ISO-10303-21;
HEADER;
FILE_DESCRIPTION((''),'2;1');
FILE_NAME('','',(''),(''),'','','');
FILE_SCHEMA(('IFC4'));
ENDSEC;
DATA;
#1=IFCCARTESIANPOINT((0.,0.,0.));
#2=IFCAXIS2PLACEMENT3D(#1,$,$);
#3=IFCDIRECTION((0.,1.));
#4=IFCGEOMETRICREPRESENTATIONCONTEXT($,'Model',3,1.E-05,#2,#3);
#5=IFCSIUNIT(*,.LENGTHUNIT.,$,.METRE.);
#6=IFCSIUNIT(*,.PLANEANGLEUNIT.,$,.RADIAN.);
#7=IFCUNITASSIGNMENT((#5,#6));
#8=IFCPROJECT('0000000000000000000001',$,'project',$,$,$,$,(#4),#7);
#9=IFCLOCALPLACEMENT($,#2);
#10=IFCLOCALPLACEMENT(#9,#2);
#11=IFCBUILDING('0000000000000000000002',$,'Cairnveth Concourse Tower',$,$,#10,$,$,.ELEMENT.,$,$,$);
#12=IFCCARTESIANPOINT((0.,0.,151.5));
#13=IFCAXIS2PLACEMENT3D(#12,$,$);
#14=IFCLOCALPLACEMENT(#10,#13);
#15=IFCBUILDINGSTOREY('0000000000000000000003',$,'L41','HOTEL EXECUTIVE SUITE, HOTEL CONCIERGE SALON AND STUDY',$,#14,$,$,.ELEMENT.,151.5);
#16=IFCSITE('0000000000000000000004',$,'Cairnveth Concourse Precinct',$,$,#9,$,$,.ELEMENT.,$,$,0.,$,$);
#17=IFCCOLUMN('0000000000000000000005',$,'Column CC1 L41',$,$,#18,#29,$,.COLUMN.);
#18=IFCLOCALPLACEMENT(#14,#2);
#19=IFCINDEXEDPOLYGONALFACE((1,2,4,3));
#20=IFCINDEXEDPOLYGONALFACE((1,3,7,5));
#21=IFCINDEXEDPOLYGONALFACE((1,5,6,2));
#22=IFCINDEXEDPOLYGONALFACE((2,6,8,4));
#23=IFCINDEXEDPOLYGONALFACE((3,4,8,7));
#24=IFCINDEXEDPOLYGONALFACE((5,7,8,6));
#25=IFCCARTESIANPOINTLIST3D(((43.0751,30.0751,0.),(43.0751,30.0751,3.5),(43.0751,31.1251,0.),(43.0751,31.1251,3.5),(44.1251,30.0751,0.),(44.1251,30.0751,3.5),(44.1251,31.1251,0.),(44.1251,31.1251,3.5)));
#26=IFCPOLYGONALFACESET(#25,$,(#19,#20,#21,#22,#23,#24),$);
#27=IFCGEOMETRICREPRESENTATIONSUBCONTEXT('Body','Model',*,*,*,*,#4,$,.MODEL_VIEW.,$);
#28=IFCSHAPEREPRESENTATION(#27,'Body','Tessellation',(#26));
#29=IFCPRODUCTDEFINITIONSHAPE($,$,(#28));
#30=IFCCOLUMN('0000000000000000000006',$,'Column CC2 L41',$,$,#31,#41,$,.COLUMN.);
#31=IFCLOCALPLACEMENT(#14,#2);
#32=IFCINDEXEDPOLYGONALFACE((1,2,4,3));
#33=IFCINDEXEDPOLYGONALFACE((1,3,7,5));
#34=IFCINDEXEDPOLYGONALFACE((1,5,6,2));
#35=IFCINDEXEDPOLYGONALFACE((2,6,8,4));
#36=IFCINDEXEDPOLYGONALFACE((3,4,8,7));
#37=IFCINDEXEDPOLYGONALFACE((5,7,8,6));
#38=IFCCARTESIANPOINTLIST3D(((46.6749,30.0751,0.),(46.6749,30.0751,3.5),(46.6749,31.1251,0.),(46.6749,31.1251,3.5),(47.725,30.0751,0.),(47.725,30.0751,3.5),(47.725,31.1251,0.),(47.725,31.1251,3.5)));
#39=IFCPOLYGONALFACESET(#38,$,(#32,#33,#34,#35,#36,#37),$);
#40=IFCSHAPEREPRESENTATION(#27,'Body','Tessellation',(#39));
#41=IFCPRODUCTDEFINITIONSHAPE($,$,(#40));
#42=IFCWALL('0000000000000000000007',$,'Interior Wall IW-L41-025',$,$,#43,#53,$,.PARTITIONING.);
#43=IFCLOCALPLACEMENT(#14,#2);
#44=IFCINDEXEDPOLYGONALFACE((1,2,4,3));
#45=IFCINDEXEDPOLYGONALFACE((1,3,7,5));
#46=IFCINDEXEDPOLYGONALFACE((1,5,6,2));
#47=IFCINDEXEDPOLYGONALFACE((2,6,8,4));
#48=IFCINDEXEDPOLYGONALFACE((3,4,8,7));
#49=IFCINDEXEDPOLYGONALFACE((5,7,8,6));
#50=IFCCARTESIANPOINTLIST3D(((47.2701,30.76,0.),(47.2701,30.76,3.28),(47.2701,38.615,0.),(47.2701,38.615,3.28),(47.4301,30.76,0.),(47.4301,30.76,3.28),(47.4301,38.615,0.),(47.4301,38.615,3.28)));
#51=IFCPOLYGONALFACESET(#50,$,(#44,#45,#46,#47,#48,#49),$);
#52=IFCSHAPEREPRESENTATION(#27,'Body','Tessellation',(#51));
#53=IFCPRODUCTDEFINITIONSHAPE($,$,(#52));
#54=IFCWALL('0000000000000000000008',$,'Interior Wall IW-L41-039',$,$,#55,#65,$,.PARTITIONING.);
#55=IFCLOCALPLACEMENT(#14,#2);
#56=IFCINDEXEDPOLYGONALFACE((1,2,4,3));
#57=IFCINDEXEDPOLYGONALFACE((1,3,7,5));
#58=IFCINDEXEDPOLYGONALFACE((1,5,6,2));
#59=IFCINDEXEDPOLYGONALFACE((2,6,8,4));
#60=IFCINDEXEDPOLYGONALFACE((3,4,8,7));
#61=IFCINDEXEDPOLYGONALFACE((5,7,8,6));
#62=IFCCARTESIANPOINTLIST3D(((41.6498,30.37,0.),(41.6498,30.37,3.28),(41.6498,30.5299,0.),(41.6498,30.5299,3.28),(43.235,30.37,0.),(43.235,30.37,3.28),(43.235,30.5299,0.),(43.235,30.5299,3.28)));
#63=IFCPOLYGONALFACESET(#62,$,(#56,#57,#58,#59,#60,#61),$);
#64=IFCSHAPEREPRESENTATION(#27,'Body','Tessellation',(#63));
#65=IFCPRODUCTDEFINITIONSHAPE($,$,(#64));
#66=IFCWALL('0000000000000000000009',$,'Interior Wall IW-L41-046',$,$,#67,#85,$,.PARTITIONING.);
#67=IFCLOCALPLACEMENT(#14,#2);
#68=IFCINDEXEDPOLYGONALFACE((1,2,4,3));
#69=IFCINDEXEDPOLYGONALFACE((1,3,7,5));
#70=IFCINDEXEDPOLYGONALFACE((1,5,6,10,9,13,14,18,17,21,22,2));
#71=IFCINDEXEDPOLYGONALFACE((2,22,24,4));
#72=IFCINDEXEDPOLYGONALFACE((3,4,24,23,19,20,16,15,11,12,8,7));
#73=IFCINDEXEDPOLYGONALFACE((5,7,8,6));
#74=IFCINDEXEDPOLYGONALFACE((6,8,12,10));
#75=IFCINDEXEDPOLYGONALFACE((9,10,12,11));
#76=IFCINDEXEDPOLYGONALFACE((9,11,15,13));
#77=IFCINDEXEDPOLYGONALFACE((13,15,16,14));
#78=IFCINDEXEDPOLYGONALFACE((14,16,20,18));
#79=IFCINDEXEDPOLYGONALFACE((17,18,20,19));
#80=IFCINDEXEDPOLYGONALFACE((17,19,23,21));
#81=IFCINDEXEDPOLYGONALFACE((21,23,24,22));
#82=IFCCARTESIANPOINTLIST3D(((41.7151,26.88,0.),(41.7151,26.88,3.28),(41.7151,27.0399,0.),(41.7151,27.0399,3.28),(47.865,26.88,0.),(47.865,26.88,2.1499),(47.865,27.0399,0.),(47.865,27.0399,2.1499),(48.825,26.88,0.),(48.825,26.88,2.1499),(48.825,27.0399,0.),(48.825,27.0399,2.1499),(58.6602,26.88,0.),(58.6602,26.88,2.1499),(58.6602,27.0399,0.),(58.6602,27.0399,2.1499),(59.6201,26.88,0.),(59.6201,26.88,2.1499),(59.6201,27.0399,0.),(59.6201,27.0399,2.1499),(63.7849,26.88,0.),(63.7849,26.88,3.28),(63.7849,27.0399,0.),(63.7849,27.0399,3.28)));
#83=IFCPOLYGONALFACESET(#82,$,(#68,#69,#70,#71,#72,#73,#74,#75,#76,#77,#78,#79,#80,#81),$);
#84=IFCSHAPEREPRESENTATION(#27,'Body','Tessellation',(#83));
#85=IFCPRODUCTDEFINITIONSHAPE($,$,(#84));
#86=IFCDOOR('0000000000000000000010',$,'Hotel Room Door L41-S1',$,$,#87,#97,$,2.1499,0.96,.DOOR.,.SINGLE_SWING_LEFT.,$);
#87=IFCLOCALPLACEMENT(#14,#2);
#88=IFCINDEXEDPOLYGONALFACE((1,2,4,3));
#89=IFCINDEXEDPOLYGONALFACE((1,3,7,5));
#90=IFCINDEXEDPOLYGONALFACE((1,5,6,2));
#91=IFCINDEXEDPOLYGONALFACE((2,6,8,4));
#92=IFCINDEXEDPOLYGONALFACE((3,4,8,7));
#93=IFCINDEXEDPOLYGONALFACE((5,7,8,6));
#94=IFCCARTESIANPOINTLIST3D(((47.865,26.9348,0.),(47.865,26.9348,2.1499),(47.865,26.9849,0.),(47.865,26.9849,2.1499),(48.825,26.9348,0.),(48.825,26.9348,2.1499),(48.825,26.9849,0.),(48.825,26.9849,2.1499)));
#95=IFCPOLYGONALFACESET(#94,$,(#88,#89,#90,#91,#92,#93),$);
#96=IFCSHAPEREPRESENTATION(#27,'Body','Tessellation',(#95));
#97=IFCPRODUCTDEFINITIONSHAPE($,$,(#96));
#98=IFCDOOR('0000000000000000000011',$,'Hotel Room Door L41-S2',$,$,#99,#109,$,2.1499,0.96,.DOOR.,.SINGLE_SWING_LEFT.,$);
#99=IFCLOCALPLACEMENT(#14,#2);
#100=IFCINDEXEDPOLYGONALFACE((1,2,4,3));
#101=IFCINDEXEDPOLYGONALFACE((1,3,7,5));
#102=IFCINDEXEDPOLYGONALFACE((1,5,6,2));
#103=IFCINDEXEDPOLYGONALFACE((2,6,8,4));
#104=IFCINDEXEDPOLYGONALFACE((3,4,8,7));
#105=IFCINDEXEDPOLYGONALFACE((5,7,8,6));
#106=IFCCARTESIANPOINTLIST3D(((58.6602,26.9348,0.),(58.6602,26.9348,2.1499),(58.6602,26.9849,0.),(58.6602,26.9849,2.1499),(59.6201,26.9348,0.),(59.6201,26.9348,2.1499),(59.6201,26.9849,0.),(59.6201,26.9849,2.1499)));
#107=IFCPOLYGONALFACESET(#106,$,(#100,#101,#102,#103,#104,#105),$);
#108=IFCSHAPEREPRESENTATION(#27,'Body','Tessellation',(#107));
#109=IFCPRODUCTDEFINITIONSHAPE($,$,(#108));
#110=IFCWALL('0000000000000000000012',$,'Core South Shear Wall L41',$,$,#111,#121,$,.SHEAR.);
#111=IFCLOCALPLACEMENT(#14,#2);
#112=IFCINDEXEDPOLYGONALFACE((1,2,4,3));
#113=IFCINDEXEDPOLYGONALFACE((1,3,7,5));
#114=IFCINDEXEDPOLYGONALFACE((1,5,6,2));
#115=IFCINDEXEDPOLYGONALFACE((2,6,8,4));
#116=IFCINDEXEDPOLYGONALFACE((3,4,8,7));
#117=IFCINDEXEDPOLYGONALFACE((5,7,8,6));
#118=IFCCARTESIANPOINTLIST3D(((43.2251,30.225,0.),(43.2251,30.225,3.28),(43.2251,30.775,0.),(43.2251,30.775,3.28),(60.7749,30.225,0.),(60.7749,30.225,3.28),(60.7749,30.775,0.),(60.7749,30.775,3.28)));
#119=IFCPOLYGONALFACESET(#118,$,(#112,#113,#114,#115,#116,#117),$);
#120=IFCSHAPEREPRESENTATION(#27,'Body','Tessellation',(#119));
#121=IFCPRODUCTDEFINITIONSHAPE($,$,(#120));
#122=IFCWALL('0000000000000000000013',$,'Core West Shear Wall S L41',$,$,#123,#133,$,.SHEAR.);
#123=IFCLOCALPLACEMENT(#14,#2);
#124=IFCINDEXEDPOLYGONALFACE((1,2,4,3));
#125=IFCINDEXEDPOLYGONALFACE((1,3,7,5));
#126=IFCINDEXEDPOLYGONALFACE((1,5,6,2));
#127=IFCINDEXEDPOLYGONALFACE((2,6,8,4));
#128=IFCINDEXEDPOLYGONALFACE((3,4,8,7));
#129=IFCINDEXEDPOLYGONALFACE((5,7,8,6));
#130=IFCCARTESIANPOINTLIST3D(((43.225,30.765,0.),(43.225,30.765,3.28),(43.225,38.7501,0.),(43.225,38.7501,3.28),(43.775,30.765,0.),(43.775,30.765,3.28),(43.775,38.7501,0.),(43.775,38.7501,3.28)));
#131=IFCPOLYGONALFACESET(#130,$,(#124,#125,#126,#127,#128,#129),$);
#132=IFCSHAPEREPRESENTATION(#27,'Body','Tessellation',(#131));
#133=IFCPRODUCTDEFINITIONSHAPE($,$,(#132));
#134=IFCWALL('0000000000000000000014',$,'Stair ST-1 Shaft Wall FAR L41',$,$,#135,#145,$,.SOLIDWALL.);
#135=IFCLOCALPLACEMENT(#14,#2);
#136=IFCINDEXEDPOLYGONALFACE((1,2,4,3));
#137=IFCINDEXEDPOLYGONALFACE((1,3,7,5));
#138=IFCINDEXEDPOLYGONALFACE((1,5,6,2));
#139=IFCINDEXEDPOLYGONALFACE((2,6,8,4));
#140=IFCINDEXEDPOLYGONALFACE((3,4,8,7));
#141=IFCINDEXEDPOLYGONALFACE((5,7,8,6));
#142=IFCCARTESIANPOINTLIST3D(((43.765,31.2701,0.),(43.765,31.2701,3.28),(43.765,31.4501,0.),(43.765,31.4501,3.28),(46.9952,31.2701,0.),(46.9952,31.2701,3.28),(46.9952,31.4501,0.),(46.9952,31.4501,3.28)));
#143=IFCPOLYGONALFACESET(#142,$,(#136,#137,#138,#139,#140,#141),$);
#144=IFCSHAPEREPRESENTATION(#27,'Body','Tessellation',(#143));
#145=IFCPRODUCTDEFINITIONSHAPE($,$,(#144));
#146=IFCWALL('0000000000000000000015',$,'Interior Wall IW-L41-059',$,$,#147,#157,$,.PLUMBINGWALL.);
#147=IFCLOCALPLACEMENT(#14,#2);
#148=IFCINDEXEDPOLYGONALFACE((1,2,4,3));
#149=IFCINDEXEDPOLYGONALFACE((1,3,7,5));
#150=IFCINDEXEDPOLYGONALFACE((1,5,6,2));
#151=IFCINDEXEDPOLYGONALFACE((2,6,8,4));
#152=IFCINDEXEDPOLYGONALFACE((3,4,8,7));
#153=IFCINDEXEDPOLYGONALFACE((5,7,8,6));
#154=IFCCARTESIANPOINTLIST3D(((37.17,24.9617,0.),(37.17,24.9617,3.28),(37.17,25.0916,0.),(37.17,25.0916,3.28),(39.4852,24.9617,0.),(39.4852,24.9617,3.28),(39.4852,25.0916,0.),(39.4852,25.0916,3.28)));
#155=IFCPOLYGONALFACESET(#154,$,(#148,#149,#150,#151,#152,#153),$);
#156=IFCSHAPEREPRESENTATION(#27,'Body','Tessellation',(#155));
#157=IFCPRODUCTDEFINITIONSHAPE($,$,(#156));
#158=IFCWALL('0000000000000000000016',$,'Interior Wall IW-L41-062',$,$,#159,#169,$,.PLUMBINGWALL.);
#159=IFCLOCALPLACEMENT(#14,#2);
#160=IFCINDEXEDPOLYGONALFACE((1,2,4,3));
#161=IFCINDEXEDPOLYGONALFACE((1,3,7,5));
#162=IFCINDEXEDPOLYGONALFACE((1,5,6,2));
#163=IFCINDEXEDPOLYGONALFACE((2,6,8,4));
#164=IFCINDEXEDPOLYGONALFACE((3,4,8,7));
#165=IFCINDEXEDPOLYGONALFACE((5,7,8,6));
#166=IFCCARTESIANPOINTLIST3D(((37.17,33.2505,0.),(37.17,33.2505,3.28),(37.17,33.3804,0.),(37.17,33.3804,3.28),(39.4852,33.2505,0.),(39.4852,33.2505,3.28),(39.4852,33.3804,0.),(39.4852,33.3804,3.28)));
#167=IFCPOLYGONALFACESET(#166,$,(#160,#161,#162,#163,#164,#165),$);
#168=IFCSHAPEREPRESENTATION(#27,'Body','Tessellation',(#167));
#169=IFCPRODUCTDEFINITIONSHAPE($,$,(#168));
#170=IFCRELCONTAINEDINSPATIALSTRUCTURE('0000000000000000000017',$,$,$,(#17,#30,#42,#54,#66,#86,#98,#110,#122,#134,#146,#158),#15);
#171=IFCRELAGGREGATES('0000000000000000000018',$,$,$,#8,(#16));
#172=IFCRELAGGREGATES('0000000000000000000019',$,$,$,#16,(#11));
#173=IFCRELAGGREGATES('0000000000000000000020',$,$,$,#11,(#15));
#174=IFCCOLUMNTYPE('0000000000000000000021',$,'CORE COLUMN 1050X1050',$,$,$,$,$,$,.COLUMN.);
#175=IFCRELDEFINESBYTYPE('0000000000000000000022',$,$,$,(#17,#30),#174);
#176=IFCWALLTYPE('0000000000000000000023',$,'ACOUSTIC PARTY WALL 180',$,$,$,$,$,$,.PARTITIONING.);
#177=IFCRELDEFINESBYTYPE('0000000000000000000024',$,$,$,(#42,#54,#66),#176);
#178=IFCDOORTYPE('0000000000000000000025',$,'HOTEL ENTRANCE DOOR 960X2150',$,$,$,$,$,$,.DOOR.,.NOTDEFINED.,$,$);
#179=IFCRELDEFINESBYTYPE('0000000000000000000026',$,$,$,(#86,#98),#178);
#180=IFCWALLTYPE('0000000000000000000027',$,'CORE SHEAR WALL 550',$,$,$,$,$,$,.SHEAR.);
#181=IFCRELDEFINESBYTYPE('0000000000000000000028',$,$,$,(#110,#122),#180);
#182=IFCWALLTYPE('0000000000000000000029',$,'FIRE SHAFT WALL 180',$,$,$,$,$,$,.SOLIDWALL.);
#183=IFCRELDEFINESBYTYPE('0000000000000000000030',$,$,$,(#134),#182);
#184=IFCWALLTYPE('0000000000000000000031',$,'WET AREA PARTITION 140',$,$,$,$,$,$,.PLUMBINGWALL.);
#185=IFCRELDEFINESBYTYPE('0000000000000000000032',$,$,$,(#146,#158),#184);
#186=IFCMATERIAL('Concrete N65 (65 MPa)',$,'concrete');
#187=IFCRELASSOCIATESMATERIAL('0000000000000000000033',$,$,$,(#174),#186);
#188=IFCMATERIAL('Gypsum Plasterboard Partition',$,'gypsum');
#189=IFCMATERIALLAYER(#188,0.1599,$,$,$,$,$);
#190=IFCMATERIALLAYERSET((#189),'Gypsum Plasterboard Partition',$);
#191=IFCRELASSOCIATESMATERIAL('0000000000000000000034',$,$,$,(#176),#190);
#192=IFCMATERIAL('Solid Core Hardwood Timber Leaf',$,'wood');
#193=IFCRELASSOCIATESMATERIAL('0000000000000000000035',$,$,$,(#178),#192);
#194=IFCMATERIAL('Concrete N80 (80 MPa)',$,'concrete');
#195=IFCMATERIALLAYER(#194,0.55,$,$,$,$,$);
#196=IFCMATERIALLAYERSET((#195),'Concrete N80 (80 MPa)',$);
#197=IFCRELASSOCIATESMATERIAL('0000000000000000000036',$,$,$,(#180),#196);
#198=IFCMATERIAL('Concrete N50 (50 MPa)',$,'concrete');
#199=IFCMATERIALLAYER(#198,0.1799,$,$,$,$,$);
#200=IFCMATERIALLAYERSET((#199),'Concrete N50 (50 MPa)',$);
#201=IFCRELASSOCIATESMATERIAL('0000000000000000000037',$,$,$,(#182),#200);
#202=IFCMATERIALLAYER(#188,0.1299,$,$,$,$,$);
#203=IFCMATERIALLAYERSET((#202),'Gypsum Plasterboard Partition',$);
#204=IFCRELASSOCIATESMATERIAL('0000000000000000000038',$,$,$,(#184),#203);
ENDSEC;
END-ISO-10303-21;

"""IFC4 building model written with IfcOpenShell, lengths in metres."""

from ifc_helpers import new_model, si_unit, direction, frame, frame_2d, origin, origin_2d, place, context, subcontext, project, spatial, rectangle, extrude, material, layer, layer_set, material_profile, profile_set, type_object, element, fill, save


model = new_model("IFC4")

# Units and contexts
model_context = context("Model", 3, precision=1e-05, world=origin(), true_north=direction((0.0, 1.0)))
body_context = subcontext(model_context, "Body", "Model", "MODEL_VIEW")
ifc_project = project(units=[si_unit("LENGTHUNIT", "METRE"), si_unit("PLANEANGLEUNIT", "RADIAN")], contexts=[model_context])

# Site, building, storey
site_placement = place(None, origin())
site = spatial("IfcSite", under=ifc_project, at=site_placement, Name="Cairnveth Concourse Precinct", CompositionType="ELEMENT", RefElevation=0.0)
building_placement = place(site_placement, origin())
building = spatial("IfcBuilding", under=site, at=building_placement, Name="Cairnveth Concourse Tower", CompositionType="ELEMENT")
storey_placement = place(building_placement, frame((0.0, 0.0, 151.5)))
storey = spatial("IfcBuildingStorey", under=building, at=storey_placement, Name="L41", Description="HOTEL EXECUTIVE SUITE, HOTEL CONCIERGE SALON AND STUDY", CompositionType="ELEMENT", Elevation=151.5)

# Columns
ifc_material_1 = material(Name="Concrete N65 (65 MPa)", Category="concrete")
ifc_material_profile = material_profile(ifc_material_1, rectangle(XDim=1.05, YDim=1.05, at=origin_2d()), Name="RC-COL-1050x1050")
ifc_profile_set = profile_set([ifc_material_profile], Name="Concrete N65 (65 MPa)")
column_type = type_object("IfcColumnType", Name="CORE COLUMN 1050X1050", PredefinedType="COLUMN", material=ifc_profile_set)
for number, where, z_axis, x_axis, name in (
    (1, (43.6001, 30.6001, 0.0), (0.0, 0.0, 1.0), (1.0, 0.0, 0.0), "Column CC1 L41"),
    (2, (47.2, 30.6001, 0.0), (0.0, 0.0, 1.0), (1.0, 0.0, 0.0), "Column CC2 L41"),
):
    element("IfcColumn", number, at=place(storey_placement, frame(where, z_axis=z_axis, x_axis=x_axis)), inside=storey, type_object=column_type, Name=name, PredefinedType="COLUMN", context=body_context, shape_type="SweptSolid", body=[
        extrude(rectangle(XDim=1.05, YDim=1.05, at=origin_2d()), origin(), (0.0, 0.0, 1.0), 3.5),
    ])

# Walls
ifc_material_2 = material(Name="Gypsum Plasterboard Partition", Category="gypsum")
ifc_layer_1 = layer(ifc_material_2, 0.1599)
ifc_layer_set_1 = layer_set([ifc_layer_1], Name="Gypsum Plasterboard Partition")
wall_type_1 = type_object("IfcWallType", Name="ACOUSTIC PARTY WALL 180", PredefinedType="PARTITIONING", material=ifc_layer_set_1)
wall_1_placement = place(storey_placement, frame((47.3501, 30.76, 0.0), z_axis=(0.0, 0.0, 1.0), x_axis=(0.0, 1.0, 0.0)))
element("IfcWall", 3, at=wall_1_placement, inside=storey, type_object=wall_type_1, Name="Interior Wall IW-L41-025", PredefinedType="PARTITIONING", context=body_context, shape_type="SweptSolid", body=[
    extrude(rectangle(XDim=7.855, YDim=0.1599, at=frame_2d((3.9275, 0.0))), origin(), (0.0, 0.0, 1.0), 3.28),
])
wall_2_placement = place(storey_placement, frame((41.6499, 30.45, 0.0), z_axis=(0.0, 0.0, 1.0), x_axis=(1.0, 0.0, 0.0)))
element("IfcWall", 4, at=wall_2_placement, inside=storey, type_object=wall_type_1, Name="Interior Wall IW-L41-039", PredefinedType="PARTITIONING", context=body_context, shape_type="SweptSolid", body=[
    extrude(rectangle(XDim=1.5852, YDim=0.1599, at=frame_2d((0.7925, 0.0))), origin(), (0.0, 0.0, 1.0), 3.28),
])

# Wall, openings, doors
wall_3_placement = place(storey_placement, frame((41.7151, 26.96, 0.0), z_axis=(0.0, 0.0, 1.0), x_axis=(1.0, 0.0, 0.0)))
wall_3 = element("IfcWall", 5, at=wall_3_placement, inside=storey, type_object=wall_type_1, Name="Interior Wall IW-L41-046", PredefinedType="PARTITIONING", context=body_context, shape_type="SweptSolid", body=[
    extrude(rectangle(XDim=22.0698, YDim=0.1599, at=frame_2d((11.0349, 0.0))), origin(), (0.0, 0.0, 1.0), 3.28),
])
opening_1_placement = place(wall_3_placement, frame((6.1499, 0.0, 0.0)))
opening_1 = element("IfcOpeningElement", 6, at=opening_1_placement, cuts=wall_3, PredefinedType="OPENING", context=body_context, shape_type="SweptSolid", body=[
    extrude(rectangle(XDim=0.96, YDim=2.1499, at=frame_2d((0.48, 1.075))), frame((0.0, 0.0898, 0.0), z_axis=(0.0, -1.0, 0.0), x_axis=(1.0, 0.0, 0.0)), (0.0, 0.0, 1.0), 0.1799),
])
opening_2_placement = place(wall_3_placement, frame((16.9451, 0.0, 0.0)))
opening_2 = element("IfcOpeningElement", 7, at=opening_2_placement, cuts=wall_3, PredefinedType="OPENING", context=body_context, shape_type="SweptSolid", body=[
    extrude(rectangle(XDim=0.96, YDim=2.1499, at=frame_2d((0.48, 1.075))), frame((0.0, 0.0898, 0.0), z_axis=(0.0, -1.0, 0.0), x_axis=(1.0, 0.0, 0.0)), (0.0, 0.0, 1.0), 0.1799),
])
ifc_material_3 = material(Name="Solid Core Hardwood Timber Leaf", Category="wood")
door_type_1 = type_object("IfcDoorType", Name="HOTEL ENTRANCE DOOR 960X2150", OperationType="NOTDEFINED", PredefinedType="DOOR", material=ifc_material_3)
door_1_placement = place(opening_1_placement, origin())
door_1 = element("IfcDoor", 8, at=door_1_placement, inside=storey, type_object=door_type_1, Name="Hotel Room Door L41-S1", OperationType="SINGLE_SWING_LEFT", OverallHeight=2.1499, OverallWidth=0.96, PredefinedType="DOOR", context=body_context, shape_type="SweptSolid", body=[
    extrude(rectangle(XDim=0.96, YDim=2.1499, at=frame_2d((0.48, 1.075))), frame((0.0, 0.0249, 0.0), z_axis=(0.0, -1.0, 0.0), x_axis=(1.0, 0.0, 0.0)), (0.0, 0.0, 1.0), 0.05),
])
fill(opening_1, door_1)
door_2_placement = place(opening_2_placement, origin())
door_2 = element("IfcDoor", 9, at=door_2_placement, inside=storey, type_object=door_type_1, Name="Hotel Room Door L41-S2", OperationType="SINGLE_SWING_LEFT", OverallHeight=2.1499, OverallWidth=0.96, PredefinedType="DOOR", context=body_context, shape_type="SweptSolid", body=[
    extrude(rectangle(XDim=0.96, YDim=2.1499, at=frame_2d((0.48, 1.075))), frame((0.0, 0.0249, 0.0), z_axis=(0.0, -1.0, 0.0), x_axis=(1.0, 0.0, 0.0)), (0.0, 0.0, 1.0), 0.05),
])
fill(opening_2, door_2)

# Walls
ifc_material_4 = material(Name="Concrete N80 (80 MPa)", Category="concrete")
ifc_layer_2 = layer(ifc_material_4, 0.55)
ifc_layer_set_2 = layer_set([ifc_layer_2], Name="Concrete N80 (80 MPa)")
wall_type_2 = type_object("IfcWallType", Name="CORE SHEAR WALL 550", PredefinedType="SHEAR", material=ifc_layer_set_2)
wall_4_placement = place(storey_placement, frame((43.2251, 30.5, 0.0), z_axis=(0.0, 0.0, 1.0), x_axis=(1.0, 0.0, 0.0)))
element("IfcWall", 10, at=wall_4_placement, inside=storey, type_object=wall_type_2, Name="Core South Shear Wall L41", PredefinedType="SHEAR", context=body_context, shape_type="SweptSolid", body=[
    extrude(rectangle(XDim=17.5498, YDim=0.55, at=frame_2d((8.7749, 0.0))), origin(), (0.0, 0.0, 1.0), 3.28),
])
wall_5_placement = place(storey_placement, frame((43.5, 30.7649, 0.0), z_axis=(0.0, 0.0, 1.0), x_axis=(0.0, 1.0, 0.0)))
element("IfcWall", 11, at=wall_5_placement, inside=storey, type_object=wall_type_2, Name="Core West Shear Wall S L41", PredefinedType="SHEAR", context=body_context, shape_type="SweptSolid", body=[
    extrude(rectangle(XDim=7.9851, YDim=0.55, at=frame_2d((3.9927, 0.0))), origin(), (0.0, 0.0, 1.0), 3.28),
])
ifc_material_5 = material(Name="Concrete N50 (50 MPa)", Category="concrete")
ifc_layer_3 = layer(ifc_material_5, 0.1799)
ifc_layer_set_3 = layer_set([ifc_layer_3], Name="Concrete N50 (50 MPa)")
wall_type_3 = type_object("IfcWallType", Name="FIRE SHAFT WALL 180", PredefinedType="SOLIDWALL", material=ifc_layer_set_3)
wall_6_placement = place(storey_placement, frame((43.7649, 31.3601, 0.0), z_axis=(0.0, 0.0, 1.0), x_axis=(1.0, 0.0, 0.0)))
element("IfcWall", 12, at=wall_6_placement, inside=storey, type_object=wall_type_3, Name="Stair ST-1 Shaft Wall FAR L41", PredefinedType="SOLIDWALL", context=body_context, shape_type="SweptSolid", body=[
    extrude(rectangle(XDim=3.2302, YDim=0.1799, at=frame_2d((1.6152, 0.0))), origin(), (0.0, 0.0, 1.0), 3.28),
])
ifc_layer_4 = layer(ifc_material_2, 0.1299)
ifc_layer_set_4 = layer_set([ifc_layer_4], Name="Gypsum Plasterboard Partition")
wall_type_4 = type_object("IfcWallType", Name="WET AREA PARTITION 140", PredefinedType="PLUMBINGWALL", material=ifc_layer_set_4)
for number, where, z_axis, x_axis, name in (
    (13, (37.1699, 25.0266, 0.0), (0.0, 0.0, 1.0), (1.0, 0.0, 0.0), "Interior Wall IW-L41-059"),
    (14, (37.1699, 33.3154, 0.0), (0.0, 0.0, 1.0), (1.0, 0.0, 0.0), "Interior Wall IW-L41-062"),
):
    element("IfcWall", number, at=place(storey_placement, frame(where, z_axis=z_axis, x_axis=x_axis)), inside=storey, type_object=wall_type_4, Name=name, PredefinedType="PLUMBINGWALL", context=body_context, shape_type="SweptSolid", body=[
        extrude(rectangle(XDim=2.3152, YDim=0.1299, at=frame_2d((1.1577, 0.0))), origin(), (0.0, 0.0, 1.0), 3.28),
    ])

save(model, "model.ifc")
